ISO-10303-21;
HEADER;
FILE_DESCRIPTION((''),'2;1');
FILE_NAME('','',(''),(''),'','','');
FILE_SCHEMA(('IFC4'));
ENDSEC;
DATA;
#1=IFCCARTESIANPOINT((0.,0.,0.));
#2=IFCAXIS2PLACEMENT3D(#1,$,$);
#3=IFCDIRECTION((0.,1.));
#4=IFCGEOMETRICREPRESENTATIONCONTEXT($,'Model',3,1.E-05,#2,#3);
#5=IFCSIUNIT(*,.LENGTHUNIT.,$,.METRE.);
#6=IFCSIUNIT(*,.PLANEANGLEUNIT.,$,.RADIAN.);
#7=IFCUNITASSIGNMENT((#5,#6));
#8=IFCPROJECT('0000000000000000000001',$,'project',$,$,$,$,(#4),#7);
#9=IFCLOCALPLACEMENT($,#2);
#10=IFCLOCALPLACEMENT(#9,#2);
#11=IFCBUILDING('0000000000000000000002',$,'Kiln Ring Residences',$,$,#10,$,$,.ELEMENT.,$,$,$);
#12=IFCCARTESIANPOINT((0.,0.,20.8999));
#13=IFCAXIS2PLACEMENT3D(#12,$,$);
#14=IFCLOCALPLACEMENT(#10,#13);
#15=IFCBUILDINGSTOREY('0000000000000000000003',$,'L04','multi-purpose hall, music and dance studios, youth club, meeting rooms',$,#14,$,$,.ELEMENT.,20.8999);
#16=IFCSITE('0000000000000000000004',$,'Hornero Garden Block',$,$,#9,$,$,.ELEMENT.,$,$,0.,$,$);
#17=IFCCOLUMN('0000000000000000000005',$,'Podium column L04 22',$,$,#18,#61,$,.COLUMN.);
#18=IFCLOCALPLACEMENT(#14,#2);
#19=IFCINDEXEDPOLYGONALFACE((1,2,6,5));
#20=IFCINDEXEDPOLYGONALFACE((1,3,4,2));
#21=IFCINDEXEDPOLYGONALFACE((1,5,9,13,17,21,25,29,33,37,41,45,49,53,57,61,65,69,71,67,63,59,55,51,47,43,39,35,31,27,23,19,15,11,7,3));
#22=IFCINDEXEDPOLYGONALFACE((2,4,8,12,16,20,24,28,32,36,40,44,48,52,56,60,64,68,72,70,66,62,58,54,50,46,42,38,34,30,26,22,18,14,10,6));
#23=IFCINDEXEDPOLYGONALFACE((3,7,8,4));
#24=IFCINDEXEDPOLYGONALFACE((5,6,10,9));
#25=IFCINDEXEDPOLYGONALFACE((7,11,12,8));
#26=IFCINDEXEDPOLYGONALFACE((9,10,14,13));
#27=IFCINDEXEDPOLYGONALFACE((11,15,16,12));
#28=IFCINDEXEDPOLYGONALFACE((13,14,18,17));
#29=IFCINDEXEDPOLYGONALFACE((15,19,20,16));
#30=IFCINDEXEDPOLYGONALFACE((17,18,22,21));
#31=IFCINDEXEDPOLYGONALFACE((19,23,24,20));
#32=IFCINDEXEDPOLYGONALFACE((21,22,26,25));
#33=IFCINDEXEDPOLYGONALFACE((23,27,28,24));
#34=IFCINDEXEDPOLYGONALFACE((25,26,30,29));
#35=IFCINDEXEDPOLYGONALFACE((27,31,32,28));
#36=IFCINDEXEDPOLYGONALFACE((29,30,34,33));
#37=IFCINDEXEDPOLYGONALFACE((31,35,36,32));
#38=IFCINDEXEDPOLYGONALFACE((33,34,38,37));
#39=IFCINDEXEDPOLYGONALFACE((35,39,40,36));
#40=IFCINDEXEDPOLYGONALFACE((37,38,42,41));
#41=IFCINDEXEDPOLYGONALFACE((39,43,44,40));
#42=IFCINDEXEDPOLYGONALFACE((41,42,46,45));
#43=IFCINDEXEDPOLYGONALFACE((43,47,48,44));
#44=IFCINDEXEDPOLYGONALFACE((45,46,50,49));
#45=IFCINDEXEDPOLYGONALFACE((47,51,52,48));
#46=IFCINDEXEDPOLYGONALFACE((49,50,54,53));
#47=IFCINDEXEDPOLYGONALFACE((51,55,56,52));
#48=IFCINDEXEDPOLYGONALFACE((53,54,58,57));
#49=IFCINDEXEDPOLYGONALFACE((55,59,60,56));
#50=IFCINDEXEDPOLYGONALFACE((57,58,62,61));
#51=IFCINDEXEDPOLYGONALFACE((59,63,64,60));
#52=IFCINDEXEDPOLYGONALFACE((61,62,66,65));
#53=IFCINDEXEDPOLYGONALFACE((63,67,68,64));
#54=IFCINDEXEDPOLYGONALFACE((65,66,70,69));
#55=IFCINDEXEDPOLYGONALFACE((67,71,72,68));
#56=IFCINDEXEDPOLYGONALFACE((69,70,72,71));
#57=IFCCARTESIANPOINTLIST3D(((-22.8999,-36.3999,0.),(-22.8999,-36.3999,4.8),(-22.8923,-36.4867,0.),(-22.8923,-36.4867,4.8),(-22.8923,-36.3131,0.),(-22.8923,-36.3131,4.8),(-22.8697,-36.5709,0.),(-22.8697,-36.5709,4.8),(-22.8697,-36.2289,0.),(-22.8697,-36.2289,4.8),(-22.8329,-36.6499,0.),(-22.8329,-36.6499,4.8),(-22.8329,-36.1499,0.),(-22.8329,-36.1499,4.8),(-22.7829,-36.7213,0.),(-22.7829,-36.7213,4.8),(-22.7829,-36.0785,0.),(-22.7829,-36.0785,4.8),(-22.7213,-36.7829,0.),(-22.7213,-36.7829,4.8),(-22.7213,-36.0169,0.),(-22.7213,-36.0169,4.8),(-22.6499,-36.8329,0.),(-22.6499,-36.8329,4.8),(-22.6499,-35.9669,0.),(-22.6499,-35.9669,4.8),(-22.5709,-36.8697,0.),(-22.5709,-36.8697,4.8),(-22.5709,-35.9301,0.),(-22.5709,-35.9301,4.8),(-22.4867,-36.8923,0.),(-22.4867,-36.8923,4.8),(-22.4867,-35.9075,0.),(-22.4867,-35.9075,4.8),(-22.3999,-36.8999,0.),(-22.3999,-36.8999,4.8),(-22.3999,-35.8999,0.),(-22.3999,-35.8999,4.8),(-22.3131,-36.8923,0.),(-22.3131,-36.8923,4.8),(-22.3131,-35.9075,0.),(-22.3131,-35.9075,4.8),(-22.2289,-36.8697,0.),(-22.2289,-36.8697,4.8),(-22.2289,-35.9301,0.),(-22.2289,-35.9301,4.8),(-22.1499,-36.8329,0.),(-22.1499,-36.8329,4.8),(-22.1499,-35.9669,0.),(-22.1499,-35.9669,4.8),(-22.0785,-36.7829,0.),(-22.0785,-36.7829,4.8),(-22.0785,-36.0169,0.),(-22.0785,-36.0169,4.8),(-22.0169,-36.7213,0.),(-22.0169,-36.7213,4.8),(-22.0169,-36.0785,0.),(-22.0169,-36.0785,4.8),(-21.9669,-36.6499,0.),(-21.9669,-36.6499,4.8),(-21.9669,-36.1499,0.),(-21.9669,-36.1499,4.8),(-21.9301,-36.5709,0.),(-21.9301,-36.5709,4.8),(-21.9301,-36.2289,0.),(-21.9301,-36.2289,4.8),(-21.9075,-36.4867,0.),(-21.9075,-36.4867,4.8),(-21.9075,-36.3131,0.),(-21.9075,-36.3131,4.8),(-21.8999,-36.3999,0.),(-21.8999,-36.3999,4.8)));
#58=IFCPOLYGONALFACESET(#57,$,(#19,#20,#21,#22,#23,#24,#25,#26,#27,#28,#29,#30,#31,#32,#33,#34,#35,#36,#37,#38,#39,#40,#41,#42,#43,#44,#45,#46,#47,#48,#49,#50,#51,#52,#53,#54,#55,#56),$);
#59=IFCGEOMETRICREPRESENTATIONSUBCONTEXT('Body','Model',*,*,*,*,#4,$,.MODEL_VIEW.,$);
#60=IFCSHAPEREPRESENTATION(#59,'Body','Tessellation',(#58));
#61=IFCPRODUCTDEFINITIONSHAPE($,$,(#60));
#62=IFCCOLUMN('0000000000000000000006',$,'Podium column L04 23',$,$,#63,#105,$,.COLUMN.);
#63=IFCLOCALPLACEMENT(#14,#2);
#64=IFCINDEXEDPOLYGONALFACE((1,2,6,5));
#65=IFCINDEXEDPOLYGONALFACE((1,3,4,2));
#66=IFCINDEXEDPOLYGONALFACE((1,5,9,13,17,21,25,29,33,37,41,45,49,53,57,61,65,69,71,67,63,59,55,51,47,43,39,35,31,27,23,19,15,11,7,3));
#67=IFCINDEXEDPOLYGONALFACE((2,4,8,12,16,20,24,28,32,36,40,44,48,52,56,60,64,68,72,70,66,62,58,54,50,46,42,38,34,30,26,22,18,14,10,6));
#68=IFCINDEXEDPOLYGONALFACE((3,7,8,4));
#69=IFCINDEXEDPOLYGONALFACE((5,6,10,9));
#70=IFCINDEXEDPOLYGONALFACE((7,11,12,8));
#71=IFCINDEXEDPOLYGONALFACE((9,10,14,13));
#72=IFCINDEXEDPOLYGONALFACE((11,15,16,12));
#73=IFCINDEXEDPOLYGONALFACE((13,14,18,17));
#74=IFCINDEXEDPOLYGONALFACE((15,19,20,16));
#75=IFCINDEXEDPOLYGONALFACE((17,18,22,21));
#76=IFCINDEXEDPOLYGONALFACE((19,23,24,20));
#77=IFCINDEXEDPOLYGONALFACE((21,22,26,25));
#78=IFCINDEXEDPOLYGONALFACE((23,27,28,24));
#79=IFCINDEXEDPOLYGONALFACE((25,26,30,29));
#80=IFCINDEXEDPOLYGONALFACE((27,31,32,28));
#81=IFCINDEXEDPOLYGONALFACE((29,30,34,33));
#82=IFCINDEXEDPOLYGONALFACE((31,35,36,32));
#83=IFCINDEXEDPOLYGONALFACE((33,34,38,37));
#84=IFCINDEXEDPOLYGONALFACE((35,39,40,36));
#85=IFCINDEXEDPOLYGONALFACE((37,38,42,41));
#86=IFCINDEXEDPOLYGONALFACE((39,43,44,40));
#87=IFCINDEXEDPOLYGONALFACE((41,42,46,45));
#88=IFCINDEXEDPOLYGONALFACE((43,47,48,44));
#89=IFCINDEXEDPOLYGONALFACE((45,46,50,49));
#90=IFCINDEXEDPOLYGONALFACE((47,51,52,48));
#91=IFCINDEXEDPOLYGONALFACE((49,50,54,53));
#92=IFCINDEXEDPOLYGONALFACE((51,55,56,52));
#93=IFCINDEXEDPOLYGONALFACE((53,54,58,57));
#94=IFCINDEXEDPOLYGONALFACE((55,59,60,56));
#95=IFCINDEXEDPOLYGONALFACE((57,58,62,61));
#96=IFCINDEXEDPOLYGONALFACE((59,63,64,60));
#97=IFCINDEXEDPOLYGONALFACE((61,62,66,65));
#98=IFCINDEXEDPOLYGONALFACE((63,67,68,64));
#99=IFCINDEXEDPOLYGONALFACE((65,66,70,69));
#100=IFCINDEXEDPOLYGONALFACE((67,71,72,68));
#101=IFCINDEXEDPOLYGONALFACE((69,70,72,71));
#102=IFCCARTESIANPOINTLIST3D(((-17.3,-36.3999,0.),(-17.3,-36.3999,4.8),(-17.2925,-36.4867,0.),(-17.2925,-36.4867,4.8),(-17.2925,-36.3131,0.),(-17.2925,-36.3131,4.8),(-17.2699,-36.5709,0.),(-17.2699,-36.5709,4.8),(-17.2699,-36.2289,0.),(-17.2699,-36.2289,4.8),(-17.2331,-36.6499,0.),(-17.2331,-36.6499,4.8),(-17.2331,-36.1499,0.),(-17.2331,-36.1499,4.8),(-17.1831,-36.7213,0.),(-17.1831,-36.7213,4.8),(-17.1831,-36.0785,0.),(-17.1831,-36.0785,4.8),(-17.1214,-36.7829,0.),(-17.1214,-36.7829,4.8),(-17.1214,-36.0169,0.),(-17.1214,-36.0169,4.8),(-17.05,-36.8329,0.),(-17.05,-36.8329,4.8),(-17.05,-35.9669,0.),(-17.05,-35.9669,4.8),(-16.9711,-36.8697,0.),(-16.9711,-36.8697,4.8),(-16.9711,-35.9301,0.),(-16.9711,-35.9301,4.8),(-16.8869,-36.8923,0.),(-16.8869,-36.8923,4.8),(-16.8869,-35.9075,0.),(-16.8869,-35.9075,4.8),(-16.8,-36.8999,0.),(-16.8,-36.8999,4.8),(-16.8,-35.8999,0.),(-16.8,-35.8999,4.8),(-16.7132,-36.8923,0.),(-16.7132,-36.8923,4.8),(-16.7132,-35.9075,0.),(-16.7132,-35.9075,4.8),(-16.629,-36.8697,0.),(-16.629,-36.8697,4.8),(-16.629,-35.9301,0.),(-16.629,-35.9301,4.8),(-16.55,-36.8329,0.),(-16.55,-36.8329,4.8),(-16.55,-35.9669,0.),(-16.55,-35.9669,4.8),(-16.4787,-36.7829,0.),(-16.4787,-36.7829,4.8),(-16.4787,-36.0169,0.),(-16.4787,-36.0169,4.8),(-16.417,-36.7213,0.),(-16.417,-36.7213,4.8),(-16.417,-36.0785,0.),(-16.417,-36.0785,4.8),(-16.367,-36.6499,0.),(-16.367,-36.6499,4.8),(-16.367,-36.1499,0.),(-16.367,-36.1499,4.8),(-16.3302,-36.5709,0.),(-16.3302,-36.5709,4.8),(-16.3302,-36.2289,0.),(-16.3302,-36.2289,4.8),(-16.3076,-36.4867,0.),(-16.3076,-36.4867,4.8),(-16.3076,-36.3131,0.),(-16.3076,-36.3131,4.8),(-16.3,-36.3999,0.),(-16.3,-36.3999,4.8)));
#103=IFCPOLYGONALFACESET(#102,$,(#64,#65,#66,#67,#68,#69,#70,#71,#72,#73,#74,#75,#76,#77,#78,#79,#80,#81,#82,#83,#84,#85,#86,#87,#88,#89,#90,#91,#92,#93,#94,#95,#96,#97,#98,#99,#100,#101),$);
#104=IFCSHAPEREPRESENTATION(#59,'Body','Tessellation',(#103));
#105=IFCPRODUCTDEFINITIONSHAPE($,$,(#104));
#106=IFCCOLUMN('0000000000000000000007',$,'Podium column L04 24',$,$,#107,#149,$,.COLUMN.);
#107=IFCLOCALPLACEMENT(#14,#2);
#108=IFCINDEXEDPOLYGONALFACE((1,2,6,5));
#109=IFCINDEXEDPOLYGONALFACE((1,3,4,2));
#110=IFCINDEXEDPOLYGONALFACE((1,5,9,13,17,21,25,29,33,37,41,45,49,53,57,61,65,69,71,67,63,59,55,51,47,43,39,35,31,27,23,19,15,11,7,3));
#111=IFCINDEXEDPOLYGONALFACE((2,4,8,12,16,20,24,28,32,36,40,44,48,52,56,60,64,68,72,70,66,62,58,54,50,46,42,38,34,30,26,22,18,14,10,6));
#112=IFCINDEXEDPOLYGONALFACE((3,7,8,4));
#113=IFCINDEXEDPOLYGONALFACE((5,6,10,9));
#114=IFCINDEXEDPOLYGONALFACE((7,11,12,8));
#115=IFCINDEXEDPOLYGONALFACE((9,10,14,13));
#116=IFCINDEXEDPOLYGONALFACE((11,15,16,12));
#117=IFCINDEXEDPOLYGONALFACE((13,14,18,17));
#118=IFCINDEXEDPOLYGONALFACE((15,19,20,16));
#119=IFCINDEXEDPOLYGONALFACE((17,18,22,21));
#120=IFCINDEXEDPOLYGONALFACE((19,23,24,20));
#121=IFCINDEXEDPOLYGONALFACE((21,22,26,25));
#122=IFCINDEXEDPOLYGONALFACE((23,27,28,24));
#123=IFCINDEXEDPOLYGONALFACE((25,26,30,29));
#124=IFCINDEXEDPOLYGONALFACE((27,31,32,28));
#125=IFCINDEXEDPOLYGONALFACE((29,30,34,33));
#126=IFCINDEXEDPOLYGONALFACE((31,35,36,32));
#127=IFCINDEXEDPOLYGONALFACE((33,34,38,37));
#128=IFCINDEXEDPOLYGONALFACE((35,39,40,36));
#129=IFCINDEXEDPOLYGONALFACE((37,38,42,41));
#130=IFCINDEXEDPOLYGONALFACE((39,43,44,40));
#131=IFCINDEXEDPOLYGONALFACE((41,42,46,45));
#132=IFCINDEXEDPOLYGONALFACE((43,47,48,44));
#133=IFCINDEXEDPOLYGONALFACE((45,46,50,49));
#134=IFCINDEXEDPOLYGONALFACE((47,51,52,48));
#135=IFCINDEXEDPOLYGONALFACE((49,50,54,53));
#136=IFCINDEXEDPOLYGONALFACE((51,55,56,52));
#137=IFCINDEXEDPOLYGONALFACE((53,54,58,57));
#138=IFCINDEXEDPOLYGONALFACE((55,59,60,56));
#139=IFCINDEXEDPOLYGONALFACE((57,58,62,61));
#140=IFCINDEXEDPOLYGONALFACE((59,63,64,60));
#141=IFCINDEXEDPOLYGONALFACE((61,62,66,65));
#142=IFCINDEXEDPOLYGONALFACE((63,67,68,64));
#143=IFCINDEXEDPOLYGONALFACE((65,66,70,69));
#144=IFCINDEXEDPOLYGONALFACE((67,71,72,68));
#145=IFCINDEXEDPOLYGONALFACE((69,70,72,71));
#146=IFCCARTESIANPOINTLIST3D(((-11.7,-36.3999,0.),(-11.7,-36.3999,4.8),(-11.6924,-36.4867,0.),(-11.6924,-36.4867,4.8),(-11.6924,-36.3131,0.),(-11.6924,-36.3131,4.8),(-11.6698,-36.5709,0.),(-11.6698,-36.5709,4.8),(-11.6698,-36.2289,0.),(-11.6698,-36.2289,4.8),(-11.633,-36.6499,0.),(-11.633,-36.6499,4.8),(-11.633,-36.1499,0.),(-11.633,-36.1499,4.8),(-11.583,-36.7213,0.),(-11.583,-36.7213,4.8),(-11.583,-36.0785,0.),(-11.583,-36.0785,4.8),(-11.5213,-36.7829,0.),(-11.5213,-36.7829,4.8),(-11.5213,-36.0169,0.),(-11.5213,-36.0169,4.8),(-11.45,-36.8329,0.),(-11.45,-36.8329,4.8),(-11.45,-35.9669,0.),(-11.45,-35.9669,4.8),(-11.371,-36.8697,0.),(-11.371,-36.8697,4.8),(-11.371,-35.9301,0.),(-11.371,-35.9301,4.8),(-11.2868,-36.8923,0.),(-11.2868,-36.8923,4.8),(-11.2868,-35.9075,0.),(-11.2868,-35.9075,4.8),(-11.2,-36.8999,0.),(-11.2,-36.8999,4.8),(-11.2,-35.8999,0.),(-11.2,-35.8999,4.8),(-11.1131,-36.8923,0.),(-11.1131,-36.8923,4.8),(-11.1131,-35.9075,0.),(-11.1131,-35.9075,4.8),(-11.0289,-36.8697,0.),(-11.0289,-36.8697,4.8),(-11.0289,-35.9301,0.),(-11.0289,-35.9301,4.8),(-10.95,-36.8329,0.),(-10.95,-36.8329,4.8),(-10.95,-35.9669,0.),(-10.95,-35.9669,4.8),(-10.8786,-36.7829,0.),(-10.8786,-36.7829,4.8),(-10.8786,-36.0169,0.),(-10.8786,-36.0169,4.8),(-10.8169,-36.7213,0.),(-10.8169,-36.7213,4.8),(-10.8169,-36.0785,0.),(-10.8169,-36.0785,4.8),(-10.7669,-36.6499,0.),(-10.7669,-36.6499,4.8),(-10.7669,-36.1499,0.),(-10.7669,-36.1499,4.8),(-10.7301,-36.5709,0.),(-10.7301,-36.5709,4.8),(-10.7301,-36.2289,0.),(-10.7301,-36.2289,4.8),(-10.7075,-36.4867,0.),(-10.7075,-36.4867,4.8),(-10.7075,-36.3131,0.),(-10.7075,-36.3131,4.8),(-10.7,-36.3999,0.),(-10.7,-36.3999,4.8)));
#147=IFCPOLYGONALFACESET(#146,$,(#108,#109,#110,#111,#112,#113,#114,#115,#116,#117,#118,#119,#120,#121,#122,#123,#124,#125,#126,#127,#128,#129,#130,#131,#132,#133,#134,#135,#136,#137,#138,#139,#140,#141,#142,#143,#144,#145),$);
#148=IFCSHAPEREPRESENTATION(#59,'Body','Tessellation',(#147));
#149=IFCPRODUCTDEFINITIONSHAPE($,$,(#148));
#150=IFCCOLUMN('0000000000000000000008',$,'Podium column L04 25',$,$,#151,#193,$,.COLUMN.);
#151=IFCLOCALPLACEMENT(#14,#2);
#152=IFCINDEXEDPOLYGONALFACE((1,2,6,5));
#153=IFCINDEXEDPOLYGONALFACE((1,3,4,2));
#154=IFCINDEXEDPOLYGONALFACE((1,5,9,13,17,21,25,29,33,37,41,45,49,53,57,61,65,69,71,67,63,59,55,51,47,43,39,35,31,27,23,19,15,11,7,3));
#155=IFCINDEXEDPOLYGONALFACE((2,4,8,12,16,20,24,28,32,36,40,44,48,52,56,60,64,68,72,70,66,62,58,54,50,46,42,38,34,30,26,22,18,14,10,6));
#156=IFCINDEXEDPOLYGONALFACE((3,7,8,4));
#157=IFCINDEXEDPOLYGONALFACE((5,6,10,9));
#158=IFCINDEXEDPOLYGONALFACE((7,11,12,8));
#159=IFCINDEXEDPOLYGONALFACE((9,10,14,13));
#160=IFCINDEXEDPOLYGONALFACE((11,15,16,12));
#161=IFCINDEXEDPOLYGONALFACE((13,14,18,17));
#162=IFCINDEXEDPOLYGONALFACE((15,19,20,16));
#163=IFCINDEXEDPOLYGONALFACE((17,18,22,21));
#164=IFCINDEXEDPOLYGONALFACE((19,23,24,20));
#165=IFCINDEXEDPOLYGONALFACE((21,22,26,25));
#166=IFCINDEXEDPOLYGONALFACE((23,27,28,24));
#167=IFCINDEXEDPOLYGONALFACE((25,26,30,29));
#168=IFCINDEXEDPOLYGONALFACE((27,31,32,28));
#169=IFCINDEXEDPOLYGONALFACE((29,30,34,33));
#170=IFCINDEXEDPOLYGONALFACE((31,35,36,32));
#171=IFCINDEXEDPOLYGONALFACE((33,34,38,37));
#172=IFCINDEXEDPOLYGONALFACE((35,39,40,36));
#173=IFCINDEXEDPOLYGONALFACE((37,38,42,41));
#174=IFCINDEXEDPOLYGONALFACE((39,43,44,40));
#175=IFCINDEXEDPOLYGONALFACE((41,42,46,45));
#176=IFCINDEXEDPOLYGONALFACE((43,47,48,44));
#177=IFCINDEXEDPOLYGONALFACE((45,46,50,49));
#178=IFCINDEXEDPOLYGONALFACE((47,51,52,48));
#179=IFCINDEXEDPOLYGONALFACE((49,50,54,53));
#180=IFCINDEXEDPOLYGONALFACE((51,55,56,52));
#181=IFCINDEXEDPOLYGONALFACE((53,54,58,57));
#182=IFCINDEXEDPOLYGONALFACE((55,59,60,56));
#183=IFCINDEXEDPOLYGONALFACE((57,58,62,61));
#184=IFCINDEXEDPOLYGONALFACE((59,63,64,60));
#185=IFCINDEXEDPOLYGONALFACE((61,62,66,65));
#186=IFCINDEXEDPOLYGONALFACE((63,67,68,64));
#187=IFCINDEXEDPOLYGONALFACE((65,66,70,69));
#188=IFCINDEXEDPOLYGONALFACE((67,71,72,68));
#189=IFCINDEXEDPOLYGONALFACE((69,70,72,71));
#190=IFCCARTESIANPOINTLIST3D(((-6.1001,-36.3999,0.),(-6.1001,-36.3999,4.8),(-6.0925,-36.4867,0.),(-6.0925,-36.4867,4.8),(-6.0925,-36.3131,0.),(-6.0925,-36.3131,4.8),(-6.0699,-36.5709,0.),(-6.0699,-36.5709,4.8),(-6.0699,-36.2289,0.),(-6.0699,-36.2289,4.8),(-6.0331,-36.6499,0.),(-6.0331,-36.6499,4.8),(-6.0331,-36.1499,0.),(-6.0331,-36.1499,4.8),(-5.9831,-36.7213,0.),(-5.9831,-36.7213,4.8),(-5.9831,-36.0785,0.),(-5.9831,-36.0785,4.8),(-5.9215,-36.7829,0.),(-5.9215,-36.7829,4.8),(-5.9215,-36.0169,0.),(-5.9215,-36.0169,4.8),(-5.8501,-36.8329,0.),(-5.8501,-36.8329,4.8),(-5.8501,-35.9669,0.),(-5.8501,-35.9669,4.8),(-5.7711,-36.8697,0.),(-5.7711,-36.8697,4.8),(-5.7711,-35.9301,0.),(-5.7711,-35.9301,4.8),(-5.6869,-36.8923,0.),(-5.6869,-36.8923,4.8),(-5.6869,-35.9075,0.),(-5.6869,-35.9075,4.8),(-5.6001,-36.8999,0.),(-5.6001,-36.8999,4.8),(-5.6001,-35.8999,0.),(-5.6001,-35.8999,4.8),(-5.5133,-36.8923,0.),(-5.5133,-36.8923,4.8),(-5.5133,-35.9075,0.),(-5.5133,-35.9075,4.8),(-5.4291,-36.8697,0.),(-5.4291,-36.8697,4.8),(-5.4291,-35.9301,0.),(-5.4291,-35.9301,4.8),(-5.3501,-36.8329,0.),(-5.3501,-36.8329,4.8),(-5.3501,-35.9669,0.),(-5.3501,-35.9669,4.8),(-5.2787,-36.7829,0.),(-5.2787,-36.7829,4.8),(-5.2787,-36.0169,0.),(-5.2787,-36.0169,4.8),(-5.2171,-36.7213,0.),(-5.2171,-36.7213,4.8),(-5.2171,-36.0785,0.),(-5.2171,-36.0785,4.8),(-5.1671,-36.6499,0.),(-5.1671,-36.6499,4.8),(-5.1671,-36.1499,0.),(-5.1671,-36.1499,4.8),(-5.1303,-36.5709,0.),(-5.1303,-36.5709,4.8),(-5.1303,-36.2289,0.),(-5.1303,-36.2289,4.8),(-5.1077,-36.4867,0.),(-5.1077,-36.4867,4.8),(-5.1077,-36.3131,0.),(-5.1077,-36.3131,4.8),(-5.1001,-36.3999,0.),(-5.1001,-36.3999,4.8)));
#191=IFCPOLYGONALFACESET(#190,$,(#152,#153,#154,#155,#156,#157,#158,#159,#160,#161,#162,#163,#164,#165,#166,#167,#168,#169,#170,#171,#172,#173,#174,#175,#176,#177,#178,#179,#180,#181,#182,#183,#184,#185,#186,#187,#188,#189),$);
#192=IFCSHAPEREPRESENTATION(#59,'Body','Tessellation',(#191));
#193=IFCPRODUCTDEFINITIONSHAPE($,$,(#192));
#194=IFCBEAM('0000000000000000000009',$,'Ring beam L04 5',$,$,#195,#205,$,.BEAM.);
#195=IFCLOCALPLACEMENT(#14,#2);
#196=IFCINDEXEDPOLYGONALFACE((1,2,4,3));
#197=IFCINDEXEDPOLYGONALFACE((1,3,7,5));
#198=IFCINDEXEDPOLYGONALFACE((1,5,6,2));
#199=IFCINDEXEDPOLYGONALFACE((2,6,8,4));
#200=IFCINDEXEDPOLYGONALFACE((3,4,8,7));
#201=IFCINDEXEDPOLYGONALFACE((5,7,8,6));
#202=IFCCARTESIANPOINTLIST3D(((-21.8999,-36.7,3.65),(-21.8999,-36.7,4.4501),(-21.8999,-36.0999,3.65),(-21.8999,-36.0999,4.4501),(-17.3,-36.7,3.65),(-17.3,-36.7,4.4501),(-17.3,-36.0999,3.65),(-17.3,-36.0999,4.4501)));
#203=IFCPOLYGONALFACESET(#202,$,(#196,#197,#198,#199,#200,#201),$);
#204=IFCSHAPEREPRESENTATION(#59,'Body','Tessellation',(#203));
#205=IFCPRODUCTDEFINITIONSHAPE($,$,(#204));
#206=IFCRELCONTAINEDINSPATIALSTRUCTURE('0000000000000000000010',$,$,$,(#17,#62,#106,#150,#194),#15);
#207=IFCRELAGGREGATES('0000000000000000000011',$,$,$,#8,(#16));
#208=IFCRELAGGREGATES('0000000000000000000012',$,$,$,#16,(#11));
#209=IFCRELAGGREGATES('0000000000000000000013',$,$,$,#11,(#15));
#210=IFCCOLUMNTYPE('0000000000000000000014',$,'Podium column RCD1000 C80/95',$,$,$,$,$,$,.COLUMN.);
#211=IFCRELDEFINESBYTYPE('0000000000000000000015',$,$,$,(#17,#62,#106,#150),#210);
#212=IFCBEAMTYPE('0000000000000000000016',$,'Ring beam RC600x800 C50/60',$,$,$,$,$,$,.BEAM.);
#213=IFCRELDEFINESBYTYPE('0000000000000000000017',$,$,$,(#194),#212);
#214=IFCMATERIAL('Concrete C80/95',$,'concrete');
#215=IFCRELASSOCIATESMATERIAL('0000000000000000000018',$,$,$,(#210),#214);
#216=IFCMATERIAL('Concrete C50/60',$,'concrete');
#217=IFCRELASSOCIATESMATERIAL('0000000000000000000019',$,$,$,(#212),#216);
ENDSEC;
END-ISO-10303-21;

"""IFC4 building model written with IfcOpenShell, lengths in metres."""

from ifc_helpers import new_model, si_unit, direction, frame, origin, origin_2d, place, context, subcontext, project, spatial, rectangle, circle, extrude, material, material_profile, profile_set, type_object, element, save


model = new_model("IFC4")

# Units and contexts
model_context = context("Model", 3, precision=1e-05, world=origin(), true_north=direction((0.0, 1.0)))
body_context = subcontext(model_context, "Body", "Model", "MODEL_VIEW")
ifc_project = project(units=[si_unit("LENGTHUNIT", "METRE"), si_unit("PLANEANGLEUNIT", "RADIAN")], contexts=[model_context])

# Site, building, storey
site_placement = place(None, origin())
site = spatial("IfcSite", under=ifc_project, at=site_placement, Name="Hornero Garden Block", CompositionType="ELEMENT", RefElevation=0.0)
building_placement = place(site_placement, origin())
building = spatial("IfcBuilding", under=site, at=building_placement, Name="Kiln Ring Residences", CompositionType="ELEMENT")
storey_placement = place(building_placement, frame((0.0, 0.0, 20.8999)))
storey = spatial("IfcBuildingStorey", under=building, at=storey_placement, Name="L04", Description="multi-purpose hall, music and dance studios, youth club, meeting rooms", CompositionType="ELEMENT", Elevation=20.8999)

# Columns
ifc_material_1 = material(Name="Concrete C80/95", Category="concrete")
ifc_material_profile_1 = material_profile(ifc_material_1, circle(Radius=0.5, at=origin_2d()), Name="RCD1000")
ifc_profile_set_1 = profile_set([ifc_material_profile_1], Name="Concrete C80/95")
column_type = type_object("IfcColumnType", Name="Podium column RCD1000 C80/95", PredefinedType="COLUMN", material=ifc_profile_set_1)
for number, where, z_axis, x_axis, name in (
    (1, (-22.3999, -36.3999, 0.0), (0.0, 0.0, 1.0), (1.0, 0.0, 0.0), "Podium column L04 22"),
    (2, (-16.8, -36.3999, 0.0), (0.0, 0.0, 1.0), (1.0, 0.0, 0.0), "Podium column L04 23"),
    (3, (-11.2, -36.3999, 0.0), (0.0, 0.0, 1.0), (1.0, 0.0, 0.0), "Podium column L04 24"),
    (4, (-5.6001, -36.3999, 0.0), (0.0, 0.0, 1.0), (1.0, 0.0, 0.0), "Podium column L04 25"),
):
    element("IfcColumn", number, at=place(storey_placement, frame(where, z_axis=z_axis, x_axis=x_axis)), inside=storey, type_object=column_type, Name=name, PredefinedType="COLUMN", context=body_context, shape_type="SweptSolid", body=[
        extrude(circle(Radius=0.5, at=origin_2d()), origin(), (0.0, 0.0, 1.0), 4.8),
    ])

# Beam
ifc_material_2 = material(Name="Concrete C50/60", Category="concrete")
ifc_material_profile_2 = material_profile(ifc_material_2, rectangle(XDim=0.6001, YDim=0.8, at=origin_2d()), Name="RC600x800")
ifc_profile_set_2 = profile_set([ifc_material_profile_2], Name="Concrete C50/60")
beam_type = type_object("IfcBeamType", Name="Ring beam RC600x800 C50/60", PredefinedType="BEAM", material=ifc_profile_set_2)
beam_1_placement = place(storey_placement, frame((-21.8999, -36.3999, 4.05), z_axis=(1.0, 0.0, 0.0), x_axis=(0.0, 1.0, 0.0)))
element("IfcBeam", 5, at=beam_1_placement, inside=storey, type_object=beam_type, Name="Ring beam L04 5", PredefinedType="BEAM", context=body_context, shape_type="SweptSolid", body=[
    extrude(rectangle(XDim=0.6001, YDim=0.8, at=origin_2d()), origin(), (0.0, 0.0, 1.0), 4.5999),
])

save(model, "model.ifc")
